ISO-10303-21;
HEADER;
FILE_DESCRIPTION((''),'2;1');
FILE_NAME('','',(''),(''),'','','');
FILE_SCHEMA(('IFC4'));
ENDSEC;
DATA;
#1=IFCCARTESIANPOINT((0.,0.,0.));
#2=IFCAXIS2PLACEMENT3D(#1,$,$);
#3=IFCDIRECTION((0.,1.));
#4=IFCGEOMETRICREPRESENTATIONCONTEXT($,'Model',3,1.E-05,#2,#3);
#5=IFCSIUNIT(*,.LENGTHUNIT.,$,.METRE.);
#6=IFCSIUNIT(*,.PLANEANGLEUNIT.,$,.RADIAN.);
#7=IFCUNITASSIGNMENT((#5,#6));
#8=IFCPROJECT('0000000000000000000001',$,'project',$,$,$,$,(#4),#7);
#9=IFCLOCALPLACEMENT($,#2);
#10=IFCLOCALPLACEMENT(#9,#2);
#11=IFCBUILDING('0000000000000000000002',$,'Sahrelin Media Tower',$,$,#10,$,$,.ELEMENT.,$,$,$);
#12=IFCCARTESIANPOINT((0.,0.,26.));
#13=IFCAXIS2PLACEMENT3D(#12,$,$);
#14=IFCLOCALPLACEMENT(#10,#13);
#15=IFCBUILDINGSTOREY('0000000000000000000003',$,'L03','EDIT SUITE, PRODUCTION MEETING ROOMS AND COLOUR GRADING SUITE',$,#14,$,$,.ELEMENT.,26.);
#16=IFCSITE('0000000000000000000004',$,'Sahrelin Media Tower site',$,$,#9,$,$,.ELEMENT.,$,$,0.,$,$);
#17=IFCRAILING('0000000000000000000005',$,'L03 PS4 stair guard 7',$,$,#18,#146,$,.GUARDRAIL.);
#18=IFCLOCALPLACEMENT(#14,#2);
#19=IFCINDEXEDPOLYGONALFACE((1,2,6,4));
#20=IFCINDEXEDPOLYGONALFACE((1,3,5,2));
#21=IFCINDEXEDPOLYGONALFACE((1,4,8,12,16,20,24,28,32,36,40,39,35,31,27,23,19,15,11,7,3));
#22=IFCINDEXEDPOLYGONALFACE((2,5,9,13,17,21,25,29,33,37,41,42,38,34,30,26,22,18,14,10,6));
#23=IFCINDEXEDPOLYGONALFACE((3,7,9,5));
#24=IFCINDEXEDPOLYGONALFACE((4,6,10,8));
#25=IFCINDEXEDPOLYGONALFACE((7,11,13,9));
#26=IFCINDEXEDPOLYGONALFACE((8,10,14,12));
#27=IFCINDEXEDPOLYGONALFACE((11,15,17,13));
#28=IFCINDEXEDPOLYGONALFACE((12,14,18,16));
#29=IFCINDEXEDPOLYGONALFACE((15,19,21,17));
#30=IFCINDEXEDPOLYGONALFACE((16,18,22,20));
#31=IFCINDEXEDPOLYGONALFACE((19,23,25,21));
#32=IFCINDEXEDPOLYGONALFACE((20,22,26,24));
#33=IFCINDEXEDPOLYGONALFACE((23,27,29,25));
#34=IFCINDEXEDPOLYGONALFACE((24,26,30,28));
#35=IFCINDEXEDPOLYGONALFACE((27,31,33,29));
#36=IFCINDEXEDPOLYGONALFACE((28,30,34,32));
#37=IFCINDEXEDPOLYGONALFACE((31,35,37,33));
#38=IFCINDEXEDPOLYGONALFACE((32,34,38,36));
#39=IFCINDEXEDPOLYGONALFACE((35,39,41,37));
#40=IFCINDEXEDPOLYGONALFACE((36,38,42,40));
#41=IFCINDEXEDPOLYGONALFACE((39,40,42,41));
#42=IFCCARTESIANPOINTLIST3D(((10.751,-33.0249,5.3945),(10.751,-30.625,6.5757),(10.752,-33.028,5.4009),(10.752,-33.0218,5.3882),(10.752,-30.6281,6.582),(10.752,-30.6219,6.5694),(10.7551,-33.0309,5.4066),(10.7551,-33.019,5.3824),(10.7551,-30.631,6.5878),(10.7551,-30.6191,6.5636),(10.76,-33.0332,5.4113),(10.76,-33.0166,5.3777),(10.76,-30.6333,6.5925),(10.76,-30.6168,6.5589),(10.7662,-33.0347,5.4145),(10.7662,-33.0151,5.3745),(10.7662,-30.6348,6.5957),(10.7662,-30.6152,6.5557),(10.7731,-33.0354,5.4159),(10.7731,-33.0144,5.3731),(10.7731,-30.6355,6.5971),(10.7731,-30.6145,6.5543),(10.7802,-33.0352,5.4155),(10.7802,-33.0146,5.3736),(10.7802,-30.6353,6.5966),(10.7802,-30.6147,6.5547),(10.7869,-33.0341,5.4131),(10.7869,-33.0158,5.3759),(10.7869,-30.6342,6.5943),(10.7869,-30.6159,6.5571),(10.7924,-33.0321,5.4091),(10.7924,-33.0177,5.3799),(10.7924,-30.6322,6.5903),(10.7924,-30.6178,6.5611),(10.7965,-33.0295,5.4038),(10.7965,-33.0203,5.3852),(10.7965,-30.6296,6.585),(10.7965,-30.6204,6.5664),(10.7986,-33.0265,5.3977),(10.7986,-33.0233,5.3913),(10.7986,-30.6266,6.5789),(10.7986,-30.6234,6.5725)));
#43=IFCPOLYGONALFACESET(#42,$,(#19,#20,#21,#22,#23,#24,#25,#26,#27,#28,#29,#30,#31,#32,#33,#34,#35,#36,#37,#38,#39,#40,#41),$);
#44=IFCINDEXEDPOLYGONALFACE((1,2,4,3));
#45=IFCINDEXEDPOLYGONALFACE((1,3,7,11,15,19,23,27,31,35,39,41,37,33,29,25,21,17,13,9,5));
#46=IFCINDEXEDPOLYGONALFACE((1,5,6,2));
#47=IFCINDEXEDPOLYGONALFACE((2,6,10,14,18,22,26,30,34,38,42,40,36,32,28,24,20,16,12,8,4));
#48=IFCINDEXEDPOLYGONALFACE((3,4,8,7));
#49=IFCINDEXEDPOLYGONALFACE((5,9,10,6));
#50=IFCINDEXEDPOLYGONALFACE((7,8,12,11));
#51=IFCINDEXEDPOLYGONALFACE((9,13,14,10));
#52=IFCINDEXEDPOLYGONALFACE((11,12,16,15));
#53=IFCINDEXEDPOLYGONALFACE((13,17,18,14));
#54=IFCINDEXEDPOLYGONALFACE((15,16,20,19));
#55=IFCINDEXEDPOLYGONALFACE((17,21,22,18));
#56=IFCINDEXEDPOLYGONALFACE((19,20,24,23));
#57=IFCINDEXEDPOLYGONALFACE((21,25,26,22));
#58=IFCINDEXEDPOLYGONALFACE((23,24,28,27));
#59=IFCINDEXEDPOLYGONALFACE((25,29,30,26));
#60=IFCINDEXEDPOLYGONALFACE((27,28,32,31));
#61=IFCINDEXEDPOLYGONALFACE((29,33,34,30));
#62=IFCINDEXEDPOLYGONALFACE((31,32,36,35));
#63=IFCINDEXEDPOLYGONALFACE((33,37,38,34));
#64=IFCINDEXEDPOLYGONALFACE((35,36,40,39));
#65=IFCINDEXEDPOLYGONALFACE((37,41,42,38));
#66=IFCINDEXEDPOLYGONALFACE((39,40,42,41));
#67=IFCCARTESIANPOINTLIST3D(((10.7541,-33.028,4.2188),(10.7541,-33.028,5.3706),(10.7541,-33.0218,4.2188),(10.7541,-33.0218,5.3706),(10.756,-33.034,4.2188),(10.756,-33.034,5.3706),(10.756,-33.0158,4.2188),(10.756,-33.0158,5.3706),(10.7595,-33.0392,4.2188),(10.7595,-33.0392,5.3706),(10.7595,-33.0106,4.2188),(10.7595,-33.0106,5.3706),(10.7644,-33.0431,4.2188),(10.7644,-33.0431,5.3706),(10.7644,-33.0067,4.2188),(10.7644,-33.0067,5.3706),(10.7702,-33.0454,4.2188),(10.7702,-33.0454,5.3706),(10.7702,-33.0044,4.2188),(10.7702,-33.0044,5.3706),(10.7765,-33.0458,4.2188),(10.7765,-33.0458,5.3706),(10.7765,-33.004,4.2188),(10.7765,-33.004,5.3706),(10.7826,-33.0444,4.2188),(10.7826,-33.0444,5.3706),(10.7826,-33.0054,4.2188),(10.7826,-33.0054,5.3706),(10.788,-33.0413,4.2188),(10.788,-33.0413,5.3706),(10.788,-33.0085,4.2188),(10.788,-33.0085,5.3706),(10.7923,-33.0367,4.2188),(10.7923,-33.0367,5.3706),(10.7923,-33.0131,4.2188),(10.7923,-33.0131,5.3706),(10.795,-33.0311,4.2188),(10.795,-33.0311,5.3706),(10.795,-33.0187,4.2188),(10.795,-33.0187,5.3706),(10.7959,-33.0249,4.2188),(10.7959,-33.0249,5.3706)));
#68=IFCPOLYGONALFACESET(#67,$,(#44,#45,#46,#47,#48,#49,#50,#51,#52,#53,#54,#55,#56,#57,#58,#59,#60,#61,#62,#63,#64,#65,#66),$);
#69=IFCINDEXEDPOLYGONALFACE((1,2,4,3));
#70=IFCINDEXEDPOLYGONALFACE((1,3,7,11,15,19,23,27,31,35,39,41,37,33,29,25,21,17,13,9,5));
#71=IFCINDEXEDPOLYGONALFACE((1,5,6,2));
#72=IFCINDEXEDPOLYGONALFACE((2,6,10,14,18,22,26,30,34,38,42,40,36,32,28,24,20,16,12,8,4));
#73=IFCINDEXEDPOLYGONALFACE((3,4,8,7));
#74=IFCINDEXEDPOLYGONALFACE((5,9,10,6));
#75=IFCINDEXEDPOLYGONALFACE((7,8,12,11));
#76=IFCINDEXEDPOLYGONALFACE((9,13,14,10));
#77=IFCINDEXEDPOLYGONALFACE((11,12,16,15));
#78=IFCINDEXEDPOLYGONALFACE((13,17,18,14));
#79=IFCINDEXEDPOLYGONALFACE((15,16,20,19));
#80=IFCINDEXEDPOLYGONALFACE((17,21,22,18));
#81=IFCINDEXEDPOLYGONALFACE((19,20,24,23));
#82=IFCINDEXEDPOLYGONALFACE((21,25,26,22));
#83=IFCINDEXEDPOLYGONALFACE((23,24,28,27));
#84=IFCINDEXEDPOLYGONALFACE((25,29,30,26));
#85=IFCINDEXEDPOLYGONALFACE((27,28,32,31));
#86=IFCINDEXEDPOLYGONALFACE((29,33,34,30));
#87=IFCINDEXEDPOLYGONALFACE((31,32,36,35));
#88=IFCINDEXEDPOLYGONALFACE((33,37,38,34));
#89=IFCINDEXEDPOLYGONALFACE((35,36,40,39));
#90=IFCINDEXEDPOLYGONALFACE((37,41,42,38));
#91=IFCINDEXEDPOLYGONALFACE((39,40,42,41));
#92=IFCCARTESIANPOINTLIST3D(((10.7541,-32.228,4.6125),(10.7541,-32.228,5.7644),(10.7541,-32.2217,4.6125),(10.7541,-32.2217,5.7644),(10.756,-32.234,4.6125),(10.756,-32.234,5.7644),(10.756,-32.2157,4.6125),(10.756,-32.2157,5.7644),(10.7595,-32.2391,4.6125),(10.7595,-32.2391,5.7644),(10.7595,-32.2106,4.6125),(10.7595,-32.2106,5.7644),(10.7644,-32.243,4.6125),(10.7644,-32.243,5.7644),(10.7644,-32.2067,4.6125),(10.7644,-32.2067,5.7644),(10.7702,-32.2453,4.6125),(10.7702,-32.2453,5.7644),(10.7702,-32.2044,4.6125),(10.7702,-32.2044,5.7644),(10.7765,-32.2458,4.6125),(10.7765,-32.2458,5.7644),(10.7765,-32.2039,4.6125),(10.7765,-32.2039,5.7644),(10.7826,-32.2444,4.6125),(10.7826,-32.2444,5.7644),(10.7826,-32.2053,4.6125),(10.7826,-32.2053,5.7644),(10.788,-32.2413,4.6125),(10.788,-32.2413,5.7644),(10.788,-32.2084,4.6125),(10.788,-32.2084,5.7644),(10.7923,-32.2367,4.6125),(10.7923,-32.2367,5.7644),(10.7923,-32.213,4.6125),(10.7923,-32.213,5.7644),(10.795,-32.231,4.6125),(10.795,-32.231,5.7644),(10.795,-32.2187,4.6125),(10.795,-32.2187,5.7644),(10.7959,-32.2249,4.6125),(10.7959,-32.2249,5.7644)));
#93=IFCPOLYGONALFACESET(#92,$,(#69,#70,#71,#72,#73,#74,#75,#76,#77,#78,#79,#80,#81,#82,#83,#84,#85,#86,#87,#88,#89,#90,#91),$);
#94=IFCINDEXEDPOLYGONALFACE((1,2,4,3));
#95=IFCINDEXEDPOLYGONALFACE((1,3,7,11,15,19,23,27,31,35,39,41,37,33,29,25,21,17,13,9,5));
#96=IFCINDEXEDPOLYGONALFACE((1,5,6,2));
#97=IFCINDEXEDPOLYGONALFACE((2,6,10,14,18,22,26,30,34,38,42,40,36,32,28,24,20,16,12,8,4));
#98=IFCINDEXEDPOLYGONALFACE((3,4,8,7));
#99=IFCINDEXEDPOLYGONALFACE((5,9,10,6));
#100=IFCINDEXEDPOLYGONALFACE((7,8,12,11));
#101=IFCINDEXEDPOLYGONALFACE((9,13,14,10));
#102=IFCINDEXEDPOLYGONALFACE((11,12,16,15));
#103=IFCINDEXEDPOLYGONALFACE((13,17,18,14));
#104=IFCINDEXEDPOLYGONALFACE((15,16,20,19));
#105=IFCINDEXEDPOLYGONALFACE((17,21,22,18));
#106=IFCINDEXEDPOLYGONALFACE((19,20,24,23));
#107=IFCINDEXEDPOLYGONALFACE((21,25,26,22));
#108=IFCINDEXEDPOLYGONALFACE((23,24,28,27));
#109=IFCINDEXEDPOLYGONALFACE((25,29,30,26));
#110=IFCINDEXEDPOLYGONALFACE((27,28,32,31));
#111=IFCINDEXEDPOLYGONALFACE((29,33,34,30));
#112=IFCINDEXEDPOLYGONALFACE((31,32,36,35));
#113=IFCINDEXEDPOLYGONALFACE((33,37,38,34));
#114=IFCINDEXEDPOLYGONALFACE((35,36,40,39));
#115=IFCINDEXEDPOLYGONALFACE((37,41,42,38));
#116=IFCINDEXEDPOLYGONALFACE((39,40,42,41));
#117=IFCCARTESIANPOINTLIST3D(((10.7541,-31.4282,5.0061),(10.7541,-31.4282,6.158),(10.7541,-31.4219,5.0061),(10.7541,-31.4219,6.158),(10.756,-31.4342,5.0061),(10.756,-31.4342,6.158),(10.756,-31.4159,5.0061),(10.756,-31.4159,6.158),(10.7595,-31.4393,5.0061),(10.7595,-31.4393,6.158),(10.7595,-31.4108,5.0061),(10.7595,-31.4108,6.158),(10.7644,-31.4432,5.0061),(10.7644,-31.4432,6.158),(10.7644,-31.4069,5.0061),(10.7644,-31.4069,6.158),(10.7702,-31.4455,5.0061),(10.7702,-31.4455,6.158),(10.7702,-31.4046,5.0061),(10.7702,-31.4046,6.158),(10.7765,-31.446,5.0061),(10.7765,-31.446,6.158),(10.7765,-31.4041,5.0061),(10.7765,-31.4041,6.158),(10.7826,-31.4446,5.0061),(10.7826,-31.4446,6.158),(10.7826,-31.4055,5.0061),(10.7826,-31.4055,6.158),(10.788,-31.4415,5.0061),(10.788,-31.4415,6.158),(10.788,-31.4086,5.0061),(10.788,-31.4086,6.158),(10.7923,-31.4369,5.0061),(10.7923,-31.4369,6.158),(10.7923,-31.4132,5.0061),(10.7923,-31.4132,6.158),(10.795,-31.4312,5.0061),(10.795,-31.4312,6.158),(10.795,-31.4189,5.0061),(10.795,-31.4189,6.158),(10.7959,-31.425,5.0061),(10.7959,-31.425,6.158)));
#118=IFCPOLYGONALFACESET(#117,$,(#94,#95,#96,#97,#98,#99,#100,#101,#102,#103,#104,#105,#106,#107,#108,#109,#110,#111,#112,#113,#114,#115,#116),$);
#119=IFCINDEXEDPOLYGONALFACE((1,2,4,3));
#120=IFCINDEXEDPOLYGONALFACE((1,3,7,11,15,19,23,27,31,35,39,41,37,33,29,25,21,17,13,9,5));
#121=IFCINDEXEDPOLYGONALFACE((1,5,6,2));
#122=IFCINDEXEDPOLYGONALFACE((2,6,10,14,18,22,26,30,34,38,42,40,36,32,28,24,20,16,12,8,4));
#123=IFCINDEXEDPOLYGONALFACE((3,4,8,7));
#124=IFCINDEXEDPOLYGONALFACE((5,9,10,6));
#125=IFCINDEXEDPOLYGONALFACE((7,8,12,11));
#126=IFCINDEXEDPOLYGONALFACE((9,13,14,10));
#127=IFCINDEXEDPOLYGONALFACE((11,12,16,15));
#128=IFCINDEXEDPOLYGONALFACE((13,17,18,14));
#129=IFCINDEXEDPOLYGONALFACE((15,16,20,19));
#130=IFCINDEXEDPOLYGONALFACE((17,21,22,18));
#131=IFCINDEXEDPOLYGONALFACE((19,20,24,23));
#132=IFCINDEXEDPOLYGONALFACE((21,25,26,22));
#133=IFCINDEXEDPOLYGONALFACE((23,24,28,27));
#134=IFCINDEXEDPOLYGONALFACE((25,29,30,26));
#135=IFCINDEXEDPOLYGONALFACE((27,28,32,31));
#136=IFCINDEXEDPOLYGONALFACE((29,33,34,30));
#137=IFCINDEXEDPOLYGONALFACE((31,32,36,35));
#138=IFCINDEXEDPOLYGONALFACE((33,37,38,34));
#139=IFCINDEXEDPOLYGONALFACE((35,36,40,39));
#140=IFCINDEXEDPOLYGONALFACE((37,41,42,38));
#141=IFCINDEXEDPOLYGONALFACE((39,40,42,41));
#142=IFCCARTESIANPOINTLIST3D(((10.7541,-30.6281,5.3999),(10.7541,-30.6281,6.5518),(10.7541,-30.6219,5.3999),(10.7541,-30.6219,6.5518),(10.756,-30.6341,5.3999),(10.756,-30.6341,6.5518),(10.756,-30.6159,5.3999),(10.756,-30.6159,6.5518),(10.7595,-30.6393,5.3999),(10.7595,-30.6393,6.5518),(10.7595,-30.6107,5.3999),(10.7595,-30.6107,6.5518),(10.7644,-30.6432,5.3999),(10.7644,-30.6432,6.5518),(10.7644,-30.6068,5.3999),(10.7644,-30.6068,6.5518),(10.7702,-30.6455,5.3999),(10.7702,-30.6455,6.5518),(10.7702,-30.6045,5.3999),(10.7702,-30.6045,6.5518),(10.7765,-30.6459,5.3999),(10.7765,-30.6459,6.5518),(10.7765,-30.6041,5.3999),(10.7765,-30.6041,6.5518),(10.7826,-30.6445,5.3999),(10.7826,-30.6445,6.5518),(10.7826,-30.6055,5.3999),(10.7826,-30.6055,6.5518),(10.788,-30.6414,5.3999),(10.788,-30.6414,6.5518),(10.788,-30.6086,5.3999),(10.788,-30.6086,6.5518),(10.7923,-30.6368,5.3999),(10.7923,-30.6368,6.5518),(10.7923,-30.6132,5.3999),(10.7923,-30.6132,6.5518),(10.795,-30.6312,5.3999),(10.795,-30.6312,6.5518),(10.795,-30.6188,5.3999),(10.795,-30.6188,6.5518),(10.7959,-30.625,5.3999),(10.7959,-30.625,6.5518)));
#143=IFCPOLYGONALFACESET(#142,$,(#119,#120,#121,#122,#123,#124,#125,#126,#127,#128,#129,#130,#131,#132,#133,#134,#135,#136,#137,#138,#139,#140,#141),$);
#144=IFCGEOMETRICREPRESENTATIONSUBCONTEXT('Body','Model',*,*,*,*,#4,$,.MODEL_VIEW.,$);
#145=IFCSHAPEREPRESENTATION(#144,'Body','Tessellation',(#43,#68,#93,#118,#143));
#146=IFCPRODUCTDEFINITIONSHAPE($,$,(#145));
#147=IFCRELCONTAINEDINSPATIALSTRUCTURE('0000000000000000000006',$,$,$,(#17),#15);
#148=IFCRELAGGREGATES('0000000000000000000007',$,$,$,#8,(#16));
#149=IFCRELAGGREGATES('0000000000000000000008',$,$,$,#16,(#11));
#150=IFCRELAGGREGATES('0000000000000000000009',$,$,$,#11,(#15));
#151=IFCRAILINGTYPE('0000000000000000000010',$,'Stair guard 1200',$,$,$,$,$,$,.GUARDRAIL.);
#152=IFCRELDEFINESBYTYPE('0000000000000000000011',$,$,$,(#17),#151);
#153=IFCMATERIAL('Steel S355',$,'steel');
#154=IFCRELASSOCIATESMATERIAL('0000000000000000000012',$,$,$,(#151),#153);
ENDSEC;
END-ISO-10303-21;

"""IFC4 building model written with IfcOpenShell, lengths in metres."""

from ifc_helpers import new_model, si_unit, direction, frame, origin, origin_2d, place, context, subcontext, project, spatial, circle, extrude, material, type_object, element, save


model = new_model("IFC4")

# Units and contexts
model_context = context("Model", 3, precision=1e-05, world=origin(), true_north=direction((0.0, 1.0)))
body_context = subcontext(model_context, "Body", "Model", "MODEL_VIEW")
ifc_project = project(units=[si_unit("LENGTHUNIT", "METRE"), si_unit("PLANEANGLEUNIT", "RADIAN")], contexts=[model_context])

# Site, building, storey
site_placement = place(None, origin())
site = spatial("IfcSite", under=ifc_project, at=site_placement, Name="Sahrelin Media Tower site", CompositionType="ELEMENT", RefElevation=0.0)
building_placement = place(site_placement, origin())
building = spatial("IfcBuilding", under=site, at=building_placement, Name="Sahrelin Media Tower", CompositionType="ELEMENT")
storey_placement = place(building_placement, frame((0.0, 0.0, 26.0)))
storey = spatial("IfcBuildingStorey", under=building, at=storey_placement, Name="L03", Description="EDIT SUITE, PRODUCTION MEETING ROOMS AND COLOUR GRADING SUITE", CompositionType="ELEMENT", Elevation=26.0)

# Shared definitions
ifc_material_1 = material(Name="Steel S355", Category="steel")

# Railing
railing_type_1 = type_object("IfcRailingType", Name="Stair guard 1200", PredefinedType="GUARDRAIL", material=ifc_material_1)
railing_1_placement = place(storey_placement, frame((10.7749, -33.0249, 4.2188)))
element("IfcRailing", 1, at=railing_1_placement, inside=storey, type_object=railing_type_1, Name="L03 PS4 stair guard 7", PredefinedType="GUARDRAIL", context=body_context, shape_type="SweptSolid", body=[
    extrude(circle(Radius=0.0239, at=origin_2d()), frame((0.0, 0.0, 1.1758), z_axis=(0.0, 0.897221, 0.441582), x_axis=(-1.0, 0.0, 0.0)), (0.0, 0.0, 1.0), 2.6748),
    extrude(circle(Radius=0.021, at=origin_2d()), origin(), (0.0, 0.0, 1.0), 1.1519),
    extrude(circle(Radius=0.021, at=origin_2d()), frame((0.0, 0.8, 0.3938)), (0.0, 0.0, 1.0), 1.1519),
    extrude(circle(Radius=0.021, at=origin_2d()), frame((0.0, 1.5999, 0.7874)), (0.0, 0.0, 1.0), 1.1519),
    extrude(circle(Radius=0.021, at=origin_2d()), frame((0.0, 2.3999, 1.1812)), (0.0, 0.0, 1.0), 1.1519),
])

save(model, "model.ifc")
